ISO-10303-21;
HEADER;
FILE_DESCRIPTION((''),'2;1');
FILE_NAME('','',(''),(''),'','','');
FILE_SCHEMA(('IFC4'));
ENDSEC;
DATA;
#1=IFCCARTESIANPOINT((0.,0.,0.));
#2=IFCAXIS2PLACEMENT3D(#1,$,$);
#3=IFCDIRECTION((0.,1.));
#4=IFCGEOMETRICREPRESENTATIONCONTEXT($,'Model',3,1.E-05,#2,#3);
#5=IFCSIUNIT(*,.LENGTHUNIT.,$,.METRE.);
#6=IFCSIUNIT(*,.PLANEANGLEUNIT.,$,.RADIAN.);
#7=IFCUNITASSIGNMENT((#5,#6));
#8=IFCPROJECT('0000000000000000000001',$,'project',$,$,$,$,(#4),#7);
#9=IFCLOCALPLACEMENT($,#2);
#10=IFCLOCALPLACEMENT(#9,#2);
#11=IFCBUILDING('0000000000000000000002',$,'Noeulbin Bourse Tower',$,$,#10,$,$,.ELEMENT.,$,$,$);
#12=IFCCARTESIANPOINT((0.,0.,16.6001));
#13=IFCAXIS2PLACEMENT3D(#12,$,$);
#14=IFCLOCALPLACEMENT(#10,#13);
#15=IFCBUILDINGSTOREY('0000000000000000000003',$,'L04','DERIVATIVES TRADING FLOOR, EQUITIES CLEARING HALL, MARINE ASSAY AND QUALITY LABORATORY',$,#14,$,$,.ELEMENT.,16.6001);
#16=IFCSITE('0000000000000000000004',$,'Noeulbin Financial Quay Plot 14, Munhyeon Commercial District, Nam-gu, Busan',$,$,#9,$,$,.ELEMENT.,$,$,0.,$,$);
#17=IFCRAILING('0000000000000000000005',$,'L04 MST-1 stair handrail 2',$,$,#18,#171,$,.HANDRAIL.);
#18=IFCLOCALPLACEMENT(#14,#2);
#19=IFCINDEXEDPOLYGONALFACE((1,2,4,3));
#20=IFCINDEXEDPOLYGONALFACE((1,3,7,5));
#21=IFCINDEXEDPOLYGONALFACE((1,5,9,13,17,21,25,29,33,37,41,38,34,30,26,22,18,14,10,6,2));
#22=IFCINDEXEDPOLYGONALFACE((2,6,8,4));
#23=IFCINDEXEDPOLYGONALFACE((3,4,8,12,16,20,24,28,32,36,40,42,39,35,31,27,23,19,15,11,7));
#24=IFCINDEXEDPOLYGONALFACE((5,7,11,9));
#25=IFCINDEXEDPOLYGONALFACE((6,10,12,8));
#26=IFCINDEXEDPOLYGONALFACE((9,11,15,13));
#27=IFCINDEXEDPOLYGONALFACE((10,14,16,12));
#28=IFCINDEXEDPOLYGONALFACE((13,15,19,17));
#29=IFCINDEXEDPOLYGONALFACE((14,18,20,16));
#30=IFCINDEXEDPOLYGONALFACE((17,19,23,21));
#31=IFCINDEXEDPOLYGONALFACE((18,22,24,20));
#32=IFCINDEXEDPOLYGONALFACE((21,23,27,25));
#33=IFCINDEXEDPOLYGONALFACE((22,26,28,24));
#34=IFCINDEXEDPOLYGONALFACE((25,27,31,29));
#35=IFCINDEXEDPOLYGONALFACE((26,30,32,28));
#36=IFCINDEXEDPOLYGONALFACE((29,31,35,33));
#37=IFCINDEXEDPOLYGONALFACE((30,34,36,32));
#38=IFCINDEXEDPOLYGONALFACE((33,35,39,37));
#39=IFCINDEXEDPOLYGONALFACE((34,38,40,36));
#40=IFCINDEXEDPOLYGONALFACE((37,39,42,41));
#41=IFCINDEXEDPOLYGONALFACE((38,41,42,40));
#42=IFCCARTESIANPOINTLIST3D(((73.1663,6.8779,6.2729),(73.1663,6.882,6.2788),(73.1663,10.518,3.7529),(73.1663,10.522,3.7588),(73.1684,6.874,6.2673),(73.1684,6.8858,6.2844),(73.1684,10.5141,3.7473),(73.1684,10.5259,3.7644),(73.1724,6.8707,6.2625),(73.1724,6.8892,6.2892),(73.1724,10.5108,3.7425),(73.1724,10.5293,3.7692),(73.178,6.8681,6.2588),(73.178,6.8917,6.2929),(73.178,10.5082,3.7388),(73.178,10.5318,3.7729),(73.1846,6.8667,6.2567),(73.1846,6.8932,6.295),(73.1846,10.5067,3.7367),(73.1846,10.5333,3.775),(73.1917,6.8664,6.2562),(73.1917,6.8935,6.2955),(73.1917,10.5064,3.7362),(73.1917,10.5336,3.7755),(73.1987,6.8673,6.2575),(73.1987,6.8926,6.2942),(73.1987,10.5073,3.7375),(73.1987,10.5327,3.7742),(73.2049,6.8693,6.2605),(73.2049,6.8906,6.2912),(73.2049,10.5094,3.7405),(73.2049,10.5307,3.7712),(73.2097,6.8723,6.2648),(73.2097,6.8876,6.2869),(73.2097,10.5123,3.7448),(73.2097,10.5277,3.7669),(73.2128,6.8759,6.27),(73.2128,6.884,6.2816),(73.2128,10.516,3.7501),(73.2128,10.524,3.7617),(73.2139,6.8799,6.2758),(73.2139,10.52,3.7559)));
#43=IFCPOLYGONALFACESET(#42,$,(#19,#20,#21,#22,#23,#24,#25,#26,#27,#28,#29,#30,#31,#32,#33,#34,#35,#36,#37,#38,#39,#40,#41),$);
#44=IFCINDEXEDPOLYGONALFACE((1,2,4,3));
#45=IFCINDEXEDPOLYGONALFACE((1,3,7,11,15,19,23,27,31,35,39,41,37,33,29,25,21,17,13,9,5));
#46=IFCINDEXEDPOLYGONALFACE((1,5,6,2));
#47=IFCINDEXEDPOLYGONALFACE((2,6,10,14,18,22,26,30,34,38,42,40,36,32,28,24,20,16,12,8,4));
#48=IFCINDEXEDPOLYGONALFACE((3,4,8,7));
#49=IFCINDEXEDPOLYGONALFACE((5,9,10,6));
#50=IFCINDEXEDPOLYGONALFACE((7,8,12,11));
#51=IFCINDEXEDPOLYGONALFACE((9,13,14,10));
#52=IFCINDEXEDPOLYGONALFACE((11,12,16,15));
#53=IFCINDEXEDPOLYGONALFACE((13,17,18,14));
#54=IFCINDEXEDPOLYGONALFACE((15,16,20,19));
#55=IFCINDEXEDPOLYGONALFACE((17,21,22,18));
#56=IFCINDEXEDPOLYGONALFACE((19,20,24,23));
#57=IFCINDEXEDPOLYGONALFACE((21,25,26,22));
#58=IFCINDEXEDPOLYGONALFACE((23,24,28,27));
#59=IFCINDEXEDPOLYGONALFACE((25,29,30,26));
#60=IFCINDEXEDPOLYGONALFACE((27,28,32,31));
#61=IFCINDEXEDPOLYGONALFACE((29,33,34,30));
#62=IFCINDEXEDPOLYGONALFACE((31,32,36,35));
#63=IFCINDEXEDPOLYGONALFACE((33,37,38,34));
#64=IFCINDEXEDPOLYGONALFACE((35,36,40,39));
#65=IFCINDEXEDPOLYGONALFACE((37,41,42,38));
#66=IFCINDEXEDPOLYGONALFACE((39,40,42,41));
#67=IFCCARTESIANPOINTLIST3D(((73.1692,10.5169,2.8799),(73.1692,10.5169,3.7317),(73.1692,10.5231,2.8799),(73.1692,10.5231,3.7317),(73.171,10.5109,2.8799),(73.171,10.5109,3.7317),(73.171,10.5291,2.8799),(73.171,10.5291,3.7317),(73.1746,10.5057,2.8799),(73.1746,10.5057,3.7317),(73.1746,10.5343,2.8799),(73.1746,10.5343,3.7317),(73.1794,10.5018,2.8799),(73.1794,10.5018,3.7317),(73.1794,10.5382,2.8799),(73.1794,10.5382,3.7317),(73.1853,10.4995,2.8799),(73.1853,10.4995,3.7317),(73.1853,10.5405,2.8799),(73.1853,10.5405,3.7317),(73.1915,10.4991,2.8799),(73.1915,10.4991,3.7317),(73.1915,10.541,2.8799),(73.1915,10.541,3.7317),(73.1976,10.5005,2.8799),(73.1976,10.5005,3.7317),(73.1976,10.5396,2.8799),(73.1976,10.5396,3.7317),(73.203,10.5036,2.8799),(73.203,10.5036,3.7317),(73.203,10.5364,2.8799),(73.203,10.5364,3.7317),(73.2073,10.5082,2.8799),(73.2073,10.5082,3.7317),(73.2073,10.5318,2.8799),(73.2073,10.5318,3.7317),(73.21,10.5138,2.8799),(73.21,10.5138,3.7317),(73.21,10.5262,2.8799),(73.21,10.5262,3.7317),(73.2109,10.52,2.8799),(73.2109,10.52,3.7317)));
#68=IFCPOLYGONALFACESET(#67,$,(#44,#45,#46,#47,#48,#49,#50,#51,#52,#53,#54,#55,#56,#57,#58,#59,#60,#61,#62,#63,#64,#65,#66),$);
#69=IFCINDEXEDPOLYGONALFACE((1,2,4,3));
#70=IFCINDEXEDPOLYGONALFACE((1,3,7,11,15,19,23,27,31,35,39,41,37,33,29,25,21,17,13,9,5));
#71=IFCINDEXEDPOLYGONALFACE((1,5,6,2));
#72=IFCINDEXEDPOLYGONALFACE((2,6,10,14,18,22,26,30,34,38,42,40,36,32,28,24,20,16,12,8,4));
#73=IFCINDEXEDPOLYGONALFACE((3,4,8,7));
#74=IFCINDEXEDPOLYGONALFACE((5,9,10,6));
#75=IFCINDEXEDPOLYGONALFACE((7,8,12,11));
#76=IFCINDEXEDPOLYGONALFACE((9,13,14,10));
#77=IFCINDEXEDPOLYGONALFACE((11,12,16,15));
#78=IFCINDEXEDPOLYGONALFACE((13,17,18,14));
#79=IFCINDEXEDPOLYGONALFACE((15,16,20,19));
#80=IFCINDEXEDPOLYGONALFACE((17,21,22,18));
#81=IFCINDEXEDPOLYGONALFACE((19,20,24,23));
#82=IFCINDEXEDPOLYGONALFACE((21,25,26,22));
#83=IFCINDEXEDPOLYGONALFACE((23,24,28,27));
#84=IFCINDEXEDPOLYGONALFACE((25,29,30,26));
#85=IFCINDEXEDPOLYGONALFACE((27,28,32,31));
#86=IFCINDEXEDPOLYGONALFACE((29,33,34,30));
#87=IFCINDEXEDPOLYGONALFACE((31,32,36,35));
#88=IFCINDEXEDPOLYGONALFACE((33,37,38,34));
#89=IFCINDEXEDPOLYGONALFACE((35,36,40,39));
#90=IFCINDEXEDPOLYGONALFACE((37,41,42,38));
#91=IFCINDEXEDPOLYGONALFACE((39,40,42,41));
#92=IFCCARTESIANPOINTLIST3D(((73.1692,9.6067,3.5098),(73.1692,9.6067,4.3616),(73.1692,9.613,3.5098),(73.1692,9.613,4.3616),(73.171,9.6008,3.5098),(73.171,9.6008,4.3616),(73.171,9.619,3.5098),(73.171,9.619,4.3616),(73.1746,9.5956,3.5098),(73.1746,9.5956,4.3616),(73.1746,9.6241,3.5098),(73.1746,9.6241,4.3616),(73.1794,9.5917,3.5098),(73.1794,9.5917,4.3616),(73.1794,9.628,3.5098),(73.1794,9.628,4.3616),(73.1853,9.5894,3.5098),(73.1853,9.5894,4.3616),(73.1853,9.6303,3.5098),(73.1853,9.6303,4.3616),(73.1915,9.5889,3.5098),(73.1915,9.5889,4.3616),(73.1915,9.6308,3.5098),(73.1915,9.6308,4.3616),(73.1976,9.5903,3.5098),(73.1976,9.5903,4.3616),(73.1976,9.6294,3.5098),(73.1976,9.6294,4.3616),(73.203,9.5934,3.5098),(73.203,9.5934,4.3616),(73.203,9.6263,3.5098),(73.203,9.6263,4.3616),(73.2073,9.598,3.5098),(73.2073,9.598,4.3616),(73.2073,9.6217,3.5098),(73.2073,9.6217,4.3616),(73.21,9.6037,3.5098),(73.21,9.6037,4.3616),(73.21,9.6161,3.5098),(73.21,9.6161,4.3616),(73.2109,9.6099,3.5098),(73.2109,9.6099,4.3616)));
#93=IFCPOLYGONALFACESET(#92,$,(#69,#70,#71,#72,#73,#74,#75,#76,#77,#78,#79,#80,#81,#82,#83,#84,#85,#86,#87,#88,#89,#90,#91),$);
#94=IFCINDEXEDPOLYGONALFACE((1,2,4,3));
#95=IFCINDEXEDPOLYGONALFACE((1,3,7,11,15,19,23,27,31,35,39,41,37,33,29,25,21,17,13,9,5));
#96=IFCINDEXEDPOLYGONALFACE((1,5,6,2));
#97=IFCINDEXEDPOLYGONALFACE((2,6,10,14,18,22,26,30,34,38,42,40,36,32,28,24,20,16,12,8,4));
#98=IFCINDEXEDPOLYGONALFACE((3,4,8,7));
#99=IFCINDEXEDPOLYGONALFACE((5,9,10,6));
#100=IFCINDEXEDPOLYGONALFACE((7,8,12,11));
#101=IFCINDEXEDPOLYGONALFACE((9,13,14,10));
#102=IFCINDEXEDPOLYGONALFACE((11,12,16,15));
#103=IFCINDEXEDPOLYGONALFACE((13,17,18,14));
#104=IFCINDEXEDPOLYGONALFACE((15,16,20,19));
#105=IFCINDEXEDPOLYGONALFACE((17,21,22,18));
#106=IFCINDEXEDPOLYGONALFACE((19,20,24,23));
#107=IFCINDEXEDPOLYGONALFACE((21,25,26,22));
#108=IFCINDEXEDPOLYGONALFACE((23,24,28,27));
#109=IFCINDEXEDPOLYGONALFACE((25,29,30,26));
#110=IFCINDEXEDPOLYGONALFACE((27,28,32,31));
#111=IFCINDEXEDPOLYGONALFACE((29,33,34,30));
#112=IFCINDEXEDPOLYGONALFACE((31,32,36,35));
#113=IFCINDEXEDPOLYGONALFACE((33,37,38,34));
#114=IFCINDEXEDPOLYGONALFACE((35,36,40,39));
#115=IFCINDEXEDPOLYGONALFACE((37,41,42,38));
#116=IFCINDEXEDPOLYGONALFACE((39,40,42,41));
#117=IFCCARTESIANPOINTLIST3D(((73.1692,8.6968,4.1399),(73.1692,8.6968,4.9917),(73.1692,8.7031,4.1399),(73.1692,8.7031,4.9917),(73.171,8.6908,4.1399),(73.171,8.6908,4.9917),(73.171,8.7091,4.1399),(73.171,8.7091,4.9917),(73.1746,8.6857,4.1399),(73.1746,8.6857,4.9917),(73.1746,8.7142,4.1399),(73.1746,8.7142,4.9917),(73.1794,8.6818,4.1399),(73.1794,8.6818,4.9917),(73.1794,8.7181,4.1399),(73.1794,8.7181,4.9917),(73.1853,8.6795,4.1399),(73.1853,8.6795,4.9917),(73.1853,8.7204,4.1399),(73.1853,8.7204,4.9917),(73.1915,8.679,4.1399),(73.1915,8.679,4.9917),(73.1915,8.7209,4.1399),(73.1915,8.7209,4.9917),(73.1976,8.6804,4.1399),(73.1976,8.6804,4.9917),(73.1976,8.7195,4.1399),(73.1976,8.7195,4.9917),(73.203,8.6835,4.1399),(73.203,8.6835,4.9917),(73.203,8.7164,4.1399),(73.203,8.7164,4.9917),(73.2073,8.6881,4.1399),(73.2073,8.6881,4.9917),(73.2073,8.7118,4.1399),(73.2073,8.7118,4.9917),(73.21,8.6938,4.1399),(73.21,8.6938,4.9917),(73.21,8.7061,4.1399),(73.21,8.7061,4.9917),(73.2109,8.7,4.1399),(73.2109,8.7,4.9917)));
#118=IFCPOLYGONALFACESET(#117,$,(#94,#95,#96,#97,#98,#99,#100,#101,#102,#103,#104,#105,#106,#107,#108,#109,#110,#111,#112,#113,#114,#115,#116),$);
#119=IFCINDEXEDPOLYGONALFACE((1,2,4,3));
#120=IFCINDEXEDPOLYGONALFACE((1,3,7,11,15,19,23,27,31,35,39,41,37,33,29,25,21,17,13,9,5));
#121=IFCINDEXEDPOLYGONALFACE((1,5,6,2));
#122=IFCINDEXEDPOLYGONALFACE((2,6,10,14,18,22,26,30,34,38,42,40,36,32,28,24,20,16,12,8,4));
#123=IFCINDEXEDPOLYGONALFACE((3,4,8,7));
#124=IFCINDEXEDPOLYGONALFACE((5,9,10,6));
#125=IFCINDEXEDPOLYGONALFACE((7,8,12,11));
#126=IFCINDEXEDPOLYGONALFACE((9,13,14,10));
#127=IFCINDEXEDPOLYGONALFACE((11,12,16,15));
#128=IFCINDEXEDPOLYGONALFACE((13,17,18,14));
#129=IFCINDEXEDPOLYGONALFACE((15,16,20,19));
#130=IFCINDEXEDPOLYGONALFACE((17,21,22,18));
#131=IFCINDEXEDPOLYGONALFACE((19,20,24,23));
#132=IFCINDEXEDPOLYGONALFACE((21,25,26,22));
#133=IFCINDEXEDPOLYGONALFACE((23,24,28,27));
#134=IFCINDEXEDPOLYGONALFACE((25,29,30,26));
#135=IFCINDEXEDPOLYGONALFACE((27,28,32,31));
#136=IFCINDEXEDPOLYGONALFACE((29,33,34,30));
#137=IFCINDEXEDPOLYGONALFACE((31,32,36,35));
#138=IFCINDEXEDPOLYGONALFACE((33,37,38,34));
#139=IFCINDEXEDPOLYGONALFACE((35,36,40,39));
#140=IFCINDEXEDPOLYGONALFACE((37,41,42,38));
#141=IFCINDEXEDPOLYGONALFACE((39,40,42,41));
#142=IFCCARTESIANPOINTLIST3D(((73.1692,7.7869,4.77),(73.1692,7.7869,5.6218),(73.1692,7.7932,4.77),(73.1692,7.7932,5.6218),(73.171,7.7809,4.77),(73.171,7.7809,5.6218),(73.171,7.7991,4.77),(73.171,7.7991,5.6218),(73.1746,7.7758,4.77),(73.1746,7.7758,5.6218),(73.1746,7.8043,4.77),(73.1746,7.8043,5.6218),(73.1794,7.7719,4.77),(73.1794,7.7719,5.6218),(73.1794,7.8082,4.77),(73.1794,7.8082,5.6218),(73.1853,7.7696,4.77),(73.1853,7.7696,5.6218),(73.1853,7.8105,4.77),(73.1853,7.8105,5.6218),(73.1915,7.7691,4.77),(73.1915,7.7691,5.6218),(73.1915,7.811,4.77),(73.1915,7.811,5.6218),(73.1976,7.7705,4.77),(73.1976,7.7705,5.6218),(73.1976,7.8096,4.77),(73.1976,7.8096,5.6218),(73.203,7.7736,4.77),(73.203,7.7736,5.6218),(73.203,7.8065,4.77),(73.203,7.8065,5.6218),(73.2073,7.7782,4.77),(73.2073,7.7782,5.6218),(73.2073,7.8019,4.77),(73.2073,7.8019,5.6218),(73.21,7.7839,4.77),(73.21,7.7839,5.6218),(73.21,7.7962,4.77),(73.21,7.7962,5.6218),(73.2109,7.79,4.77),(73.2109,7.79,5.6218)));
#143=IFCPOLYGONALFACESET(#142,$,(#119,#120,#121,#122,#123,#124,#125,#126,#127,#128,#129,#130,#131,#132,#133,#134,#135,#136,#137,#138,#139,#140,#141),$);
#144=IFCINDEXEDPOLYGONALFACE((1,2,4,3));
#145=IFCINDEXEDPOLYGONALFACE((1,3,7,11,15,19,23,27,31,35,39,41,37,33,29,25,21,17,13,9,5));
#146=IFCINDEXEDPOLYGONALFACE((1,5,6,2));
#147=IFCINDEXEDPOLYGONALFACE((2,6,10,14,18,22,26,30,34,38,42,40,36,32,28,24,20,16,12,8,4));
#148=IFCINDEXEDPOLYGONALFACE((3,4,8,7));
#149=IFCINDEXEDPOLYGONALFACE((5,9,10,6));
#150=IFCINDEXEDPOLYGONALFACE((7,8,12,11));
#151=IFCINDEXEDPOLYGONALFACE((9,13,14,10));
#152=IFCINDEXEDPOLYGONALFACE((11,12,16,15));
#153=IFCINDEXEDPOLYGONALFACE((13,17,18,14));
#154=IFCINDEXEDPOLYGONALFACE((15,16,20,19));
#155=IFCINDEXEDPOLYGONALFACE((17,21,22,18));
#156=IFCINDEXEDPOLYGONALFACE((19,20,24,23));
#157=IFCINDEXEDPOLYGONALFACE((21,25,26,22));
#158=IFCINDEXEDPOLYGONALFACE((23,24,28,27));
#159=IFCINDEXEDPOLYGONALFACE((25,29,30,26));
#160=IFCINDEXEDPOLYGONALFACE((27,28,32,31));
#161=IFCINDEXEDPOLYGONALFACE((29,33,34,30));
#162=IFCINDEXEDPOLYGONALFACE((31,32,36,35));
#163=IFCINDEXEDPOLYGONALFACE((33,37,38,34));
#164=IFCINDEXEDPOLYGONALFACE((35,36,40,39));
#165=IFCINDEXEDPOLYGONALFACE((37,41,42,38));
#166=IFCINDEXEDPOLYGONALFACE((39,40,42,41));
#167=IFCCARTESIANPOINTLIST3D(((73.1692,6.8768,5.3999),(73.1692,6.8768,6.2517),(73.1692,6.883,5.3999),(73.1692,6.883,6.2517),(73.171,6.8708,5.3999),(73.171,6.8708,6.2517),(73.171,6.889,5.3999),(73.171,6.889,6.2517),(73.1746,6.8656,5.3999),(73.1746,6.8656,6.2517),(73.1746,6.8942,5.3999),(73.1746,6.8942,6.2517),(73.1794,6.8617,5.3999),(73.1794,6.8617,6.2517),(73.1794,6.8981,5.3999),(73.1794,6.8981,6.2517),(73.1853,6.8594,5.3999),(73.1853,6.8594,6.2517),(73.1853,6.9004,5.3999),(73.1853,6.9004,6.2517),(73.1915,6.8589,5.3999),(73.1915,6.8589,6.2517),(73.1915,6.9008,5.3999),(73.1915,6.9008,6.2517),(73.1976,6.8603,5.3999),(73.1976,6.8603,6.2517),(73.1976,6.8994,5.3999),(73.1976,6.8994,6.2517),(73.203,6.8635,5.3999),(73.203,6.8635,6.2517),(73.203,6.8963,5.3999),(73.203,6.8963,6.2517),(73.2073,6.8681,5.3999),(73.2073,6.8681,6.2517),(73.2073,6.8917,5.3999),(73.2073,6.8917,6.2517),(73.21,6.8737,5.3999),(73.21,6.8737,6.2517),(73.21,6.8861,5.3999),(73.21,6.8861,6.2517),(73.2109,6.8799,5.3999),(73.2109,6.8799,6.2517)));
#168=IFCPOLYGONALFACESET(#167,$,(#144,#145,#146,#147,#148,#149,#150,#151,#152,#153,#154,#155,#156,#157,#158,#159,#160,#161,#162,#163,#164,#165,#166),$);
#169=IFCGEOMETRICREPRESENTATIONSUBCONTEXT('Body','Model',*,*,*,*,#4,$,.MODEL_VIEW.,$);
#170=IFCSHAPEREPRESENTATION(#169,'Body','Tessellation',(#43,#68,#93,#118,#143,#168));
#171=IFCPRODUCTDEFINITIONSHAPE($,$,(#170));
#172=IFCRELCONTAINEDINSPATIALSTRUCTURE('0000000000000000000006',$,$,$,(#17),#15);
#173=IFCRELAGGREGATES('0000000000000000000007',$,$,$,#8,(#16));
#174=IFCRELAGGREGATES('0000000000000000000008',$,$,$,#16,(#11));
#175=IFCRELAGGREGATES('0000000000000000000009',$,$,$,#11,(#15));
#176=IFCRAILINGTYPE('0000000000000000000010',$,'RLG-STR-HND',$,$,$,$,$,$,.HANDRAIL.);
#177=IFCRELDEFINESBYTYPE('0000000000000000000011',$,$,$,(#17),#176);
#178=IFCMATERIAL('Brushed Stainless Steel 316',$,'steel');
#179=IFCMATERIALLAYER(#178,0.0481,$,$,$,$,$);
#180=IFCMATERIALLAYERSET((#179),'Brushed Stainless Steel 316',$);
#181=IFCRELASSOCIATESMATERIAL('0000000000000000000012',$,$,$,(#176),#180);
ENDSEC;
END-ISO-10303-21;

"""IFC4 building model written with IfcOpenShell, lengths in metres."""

from ifc_helpers import new_model, si_unit, direction, frame, origin, origin_2d, place, context, subcontext, project, spatial, circle, extrude, material, layer, layer_set, type_object, element, save


model = new_model("IFC4")

# Units and contexts
model_context = context("Model", 3, precision=1e-05, world=origin(), true_north=direction((0.0, 1.0)))
body_context = subcontext(model_context, "Body", "Model", "MODEL_VIEW")
ifc_project = project(units=[si_unit("LENGTHUNIT", "METRE"), si_unit("PLANEANGLEUNIT", "RADIAN")], contexts=[model_context])

# Site, building, storey
site_placement = place(None, origin())
site = spatial("IfcSite", under=ifc_project, at=site_placement, Name="Noeulbin Financial Quay Plot 14, Munhyeon Commercial District, Nam-gu, Busan", CompositionType="ELEMENT", RefElevation=0.0)
building_placement = place(site_placement, origin())
building = spatial("IfcBuilding", under=site, at=building_placement, Name="Noeulbin Bourse Tower", CompositionType="ELEMENT")
storey_placement = place(building_placement, frame((0.0, 0.0, 16.6001)))
storey = spatial("IfcBuildingStorey", under=building, at=storey_placement, Name="L04", Description="DERIVATIVES TRADING FLOOR, EQUITIES CLEARING HALL, MARINE ASSAY AND QUALITY LABORATORY", CompositionType="ELEMENT", Elevation=16.6001)

# Railing
ifc_material_1 = material(Name="Brushed Stainless Steel 316", Category="steel")
ifc_layer_1 = layer(ifc_material_1, 0.0481)
ifc_layer_set_1 = layer_set([ifc_layer_1], Name="Brushed Stainless Steel 316")
railing_type_1 = type_object("IfcRailingType", Name="RLG-STR-HND", PredefinedType="HANDRAIL", material=ifc_layer_set_1)
railing_1_placement = place(storey_placement, frame((73.1899, 10.52, 2.8799)))
element("IfcRailing", 1, at=railing_1_placement, inside=storey, type_object=railing_type_1, Name="L04 MST-1 stair handrail 2", PredefinedType="HANDRAIL", context=body_context, shape_type="SweptSolid", body=[
    extrude(circle(Radius=0.0239, at=origin_2d()), frame((0.0, 0.0, 0.876), z_axis=(0.0, -0.8222, 0.569199), x_axis=(1.0, 0.0, 0.0)), (0.0, 0.0, 1.0), 4.4272),
    extrude(circle(Radius=0.021, at=origin_2d()), origin(), (0.0, 0.0, 1.0), 0.8518),
    extrude(circle(Radius=0.021, at=origin_2d()), frame((0.0, -0.9102, 0.6299)), (0.0, 0.0, 1.0), 0.8518),
    extrude(circle(Radius=0.021, at=origin_2d()), frame((0.0, -1.8201, 1.26)), (0.0, 0.0, 1.0), 0.8518),
    extrude(circle(Radius=0.021, at=origin_2d()), frame((0.0, -2.73, 1.8901)), (0.0, 0.0, 1.0), 0.8518),
    extrude(circle(Radius=0.021, at=origin_2d()), frame((0.0, -3.6401, 2.52)), (0.0, 0.0, 1.0), 0.8518),
])

save(model, "model.ifc")
